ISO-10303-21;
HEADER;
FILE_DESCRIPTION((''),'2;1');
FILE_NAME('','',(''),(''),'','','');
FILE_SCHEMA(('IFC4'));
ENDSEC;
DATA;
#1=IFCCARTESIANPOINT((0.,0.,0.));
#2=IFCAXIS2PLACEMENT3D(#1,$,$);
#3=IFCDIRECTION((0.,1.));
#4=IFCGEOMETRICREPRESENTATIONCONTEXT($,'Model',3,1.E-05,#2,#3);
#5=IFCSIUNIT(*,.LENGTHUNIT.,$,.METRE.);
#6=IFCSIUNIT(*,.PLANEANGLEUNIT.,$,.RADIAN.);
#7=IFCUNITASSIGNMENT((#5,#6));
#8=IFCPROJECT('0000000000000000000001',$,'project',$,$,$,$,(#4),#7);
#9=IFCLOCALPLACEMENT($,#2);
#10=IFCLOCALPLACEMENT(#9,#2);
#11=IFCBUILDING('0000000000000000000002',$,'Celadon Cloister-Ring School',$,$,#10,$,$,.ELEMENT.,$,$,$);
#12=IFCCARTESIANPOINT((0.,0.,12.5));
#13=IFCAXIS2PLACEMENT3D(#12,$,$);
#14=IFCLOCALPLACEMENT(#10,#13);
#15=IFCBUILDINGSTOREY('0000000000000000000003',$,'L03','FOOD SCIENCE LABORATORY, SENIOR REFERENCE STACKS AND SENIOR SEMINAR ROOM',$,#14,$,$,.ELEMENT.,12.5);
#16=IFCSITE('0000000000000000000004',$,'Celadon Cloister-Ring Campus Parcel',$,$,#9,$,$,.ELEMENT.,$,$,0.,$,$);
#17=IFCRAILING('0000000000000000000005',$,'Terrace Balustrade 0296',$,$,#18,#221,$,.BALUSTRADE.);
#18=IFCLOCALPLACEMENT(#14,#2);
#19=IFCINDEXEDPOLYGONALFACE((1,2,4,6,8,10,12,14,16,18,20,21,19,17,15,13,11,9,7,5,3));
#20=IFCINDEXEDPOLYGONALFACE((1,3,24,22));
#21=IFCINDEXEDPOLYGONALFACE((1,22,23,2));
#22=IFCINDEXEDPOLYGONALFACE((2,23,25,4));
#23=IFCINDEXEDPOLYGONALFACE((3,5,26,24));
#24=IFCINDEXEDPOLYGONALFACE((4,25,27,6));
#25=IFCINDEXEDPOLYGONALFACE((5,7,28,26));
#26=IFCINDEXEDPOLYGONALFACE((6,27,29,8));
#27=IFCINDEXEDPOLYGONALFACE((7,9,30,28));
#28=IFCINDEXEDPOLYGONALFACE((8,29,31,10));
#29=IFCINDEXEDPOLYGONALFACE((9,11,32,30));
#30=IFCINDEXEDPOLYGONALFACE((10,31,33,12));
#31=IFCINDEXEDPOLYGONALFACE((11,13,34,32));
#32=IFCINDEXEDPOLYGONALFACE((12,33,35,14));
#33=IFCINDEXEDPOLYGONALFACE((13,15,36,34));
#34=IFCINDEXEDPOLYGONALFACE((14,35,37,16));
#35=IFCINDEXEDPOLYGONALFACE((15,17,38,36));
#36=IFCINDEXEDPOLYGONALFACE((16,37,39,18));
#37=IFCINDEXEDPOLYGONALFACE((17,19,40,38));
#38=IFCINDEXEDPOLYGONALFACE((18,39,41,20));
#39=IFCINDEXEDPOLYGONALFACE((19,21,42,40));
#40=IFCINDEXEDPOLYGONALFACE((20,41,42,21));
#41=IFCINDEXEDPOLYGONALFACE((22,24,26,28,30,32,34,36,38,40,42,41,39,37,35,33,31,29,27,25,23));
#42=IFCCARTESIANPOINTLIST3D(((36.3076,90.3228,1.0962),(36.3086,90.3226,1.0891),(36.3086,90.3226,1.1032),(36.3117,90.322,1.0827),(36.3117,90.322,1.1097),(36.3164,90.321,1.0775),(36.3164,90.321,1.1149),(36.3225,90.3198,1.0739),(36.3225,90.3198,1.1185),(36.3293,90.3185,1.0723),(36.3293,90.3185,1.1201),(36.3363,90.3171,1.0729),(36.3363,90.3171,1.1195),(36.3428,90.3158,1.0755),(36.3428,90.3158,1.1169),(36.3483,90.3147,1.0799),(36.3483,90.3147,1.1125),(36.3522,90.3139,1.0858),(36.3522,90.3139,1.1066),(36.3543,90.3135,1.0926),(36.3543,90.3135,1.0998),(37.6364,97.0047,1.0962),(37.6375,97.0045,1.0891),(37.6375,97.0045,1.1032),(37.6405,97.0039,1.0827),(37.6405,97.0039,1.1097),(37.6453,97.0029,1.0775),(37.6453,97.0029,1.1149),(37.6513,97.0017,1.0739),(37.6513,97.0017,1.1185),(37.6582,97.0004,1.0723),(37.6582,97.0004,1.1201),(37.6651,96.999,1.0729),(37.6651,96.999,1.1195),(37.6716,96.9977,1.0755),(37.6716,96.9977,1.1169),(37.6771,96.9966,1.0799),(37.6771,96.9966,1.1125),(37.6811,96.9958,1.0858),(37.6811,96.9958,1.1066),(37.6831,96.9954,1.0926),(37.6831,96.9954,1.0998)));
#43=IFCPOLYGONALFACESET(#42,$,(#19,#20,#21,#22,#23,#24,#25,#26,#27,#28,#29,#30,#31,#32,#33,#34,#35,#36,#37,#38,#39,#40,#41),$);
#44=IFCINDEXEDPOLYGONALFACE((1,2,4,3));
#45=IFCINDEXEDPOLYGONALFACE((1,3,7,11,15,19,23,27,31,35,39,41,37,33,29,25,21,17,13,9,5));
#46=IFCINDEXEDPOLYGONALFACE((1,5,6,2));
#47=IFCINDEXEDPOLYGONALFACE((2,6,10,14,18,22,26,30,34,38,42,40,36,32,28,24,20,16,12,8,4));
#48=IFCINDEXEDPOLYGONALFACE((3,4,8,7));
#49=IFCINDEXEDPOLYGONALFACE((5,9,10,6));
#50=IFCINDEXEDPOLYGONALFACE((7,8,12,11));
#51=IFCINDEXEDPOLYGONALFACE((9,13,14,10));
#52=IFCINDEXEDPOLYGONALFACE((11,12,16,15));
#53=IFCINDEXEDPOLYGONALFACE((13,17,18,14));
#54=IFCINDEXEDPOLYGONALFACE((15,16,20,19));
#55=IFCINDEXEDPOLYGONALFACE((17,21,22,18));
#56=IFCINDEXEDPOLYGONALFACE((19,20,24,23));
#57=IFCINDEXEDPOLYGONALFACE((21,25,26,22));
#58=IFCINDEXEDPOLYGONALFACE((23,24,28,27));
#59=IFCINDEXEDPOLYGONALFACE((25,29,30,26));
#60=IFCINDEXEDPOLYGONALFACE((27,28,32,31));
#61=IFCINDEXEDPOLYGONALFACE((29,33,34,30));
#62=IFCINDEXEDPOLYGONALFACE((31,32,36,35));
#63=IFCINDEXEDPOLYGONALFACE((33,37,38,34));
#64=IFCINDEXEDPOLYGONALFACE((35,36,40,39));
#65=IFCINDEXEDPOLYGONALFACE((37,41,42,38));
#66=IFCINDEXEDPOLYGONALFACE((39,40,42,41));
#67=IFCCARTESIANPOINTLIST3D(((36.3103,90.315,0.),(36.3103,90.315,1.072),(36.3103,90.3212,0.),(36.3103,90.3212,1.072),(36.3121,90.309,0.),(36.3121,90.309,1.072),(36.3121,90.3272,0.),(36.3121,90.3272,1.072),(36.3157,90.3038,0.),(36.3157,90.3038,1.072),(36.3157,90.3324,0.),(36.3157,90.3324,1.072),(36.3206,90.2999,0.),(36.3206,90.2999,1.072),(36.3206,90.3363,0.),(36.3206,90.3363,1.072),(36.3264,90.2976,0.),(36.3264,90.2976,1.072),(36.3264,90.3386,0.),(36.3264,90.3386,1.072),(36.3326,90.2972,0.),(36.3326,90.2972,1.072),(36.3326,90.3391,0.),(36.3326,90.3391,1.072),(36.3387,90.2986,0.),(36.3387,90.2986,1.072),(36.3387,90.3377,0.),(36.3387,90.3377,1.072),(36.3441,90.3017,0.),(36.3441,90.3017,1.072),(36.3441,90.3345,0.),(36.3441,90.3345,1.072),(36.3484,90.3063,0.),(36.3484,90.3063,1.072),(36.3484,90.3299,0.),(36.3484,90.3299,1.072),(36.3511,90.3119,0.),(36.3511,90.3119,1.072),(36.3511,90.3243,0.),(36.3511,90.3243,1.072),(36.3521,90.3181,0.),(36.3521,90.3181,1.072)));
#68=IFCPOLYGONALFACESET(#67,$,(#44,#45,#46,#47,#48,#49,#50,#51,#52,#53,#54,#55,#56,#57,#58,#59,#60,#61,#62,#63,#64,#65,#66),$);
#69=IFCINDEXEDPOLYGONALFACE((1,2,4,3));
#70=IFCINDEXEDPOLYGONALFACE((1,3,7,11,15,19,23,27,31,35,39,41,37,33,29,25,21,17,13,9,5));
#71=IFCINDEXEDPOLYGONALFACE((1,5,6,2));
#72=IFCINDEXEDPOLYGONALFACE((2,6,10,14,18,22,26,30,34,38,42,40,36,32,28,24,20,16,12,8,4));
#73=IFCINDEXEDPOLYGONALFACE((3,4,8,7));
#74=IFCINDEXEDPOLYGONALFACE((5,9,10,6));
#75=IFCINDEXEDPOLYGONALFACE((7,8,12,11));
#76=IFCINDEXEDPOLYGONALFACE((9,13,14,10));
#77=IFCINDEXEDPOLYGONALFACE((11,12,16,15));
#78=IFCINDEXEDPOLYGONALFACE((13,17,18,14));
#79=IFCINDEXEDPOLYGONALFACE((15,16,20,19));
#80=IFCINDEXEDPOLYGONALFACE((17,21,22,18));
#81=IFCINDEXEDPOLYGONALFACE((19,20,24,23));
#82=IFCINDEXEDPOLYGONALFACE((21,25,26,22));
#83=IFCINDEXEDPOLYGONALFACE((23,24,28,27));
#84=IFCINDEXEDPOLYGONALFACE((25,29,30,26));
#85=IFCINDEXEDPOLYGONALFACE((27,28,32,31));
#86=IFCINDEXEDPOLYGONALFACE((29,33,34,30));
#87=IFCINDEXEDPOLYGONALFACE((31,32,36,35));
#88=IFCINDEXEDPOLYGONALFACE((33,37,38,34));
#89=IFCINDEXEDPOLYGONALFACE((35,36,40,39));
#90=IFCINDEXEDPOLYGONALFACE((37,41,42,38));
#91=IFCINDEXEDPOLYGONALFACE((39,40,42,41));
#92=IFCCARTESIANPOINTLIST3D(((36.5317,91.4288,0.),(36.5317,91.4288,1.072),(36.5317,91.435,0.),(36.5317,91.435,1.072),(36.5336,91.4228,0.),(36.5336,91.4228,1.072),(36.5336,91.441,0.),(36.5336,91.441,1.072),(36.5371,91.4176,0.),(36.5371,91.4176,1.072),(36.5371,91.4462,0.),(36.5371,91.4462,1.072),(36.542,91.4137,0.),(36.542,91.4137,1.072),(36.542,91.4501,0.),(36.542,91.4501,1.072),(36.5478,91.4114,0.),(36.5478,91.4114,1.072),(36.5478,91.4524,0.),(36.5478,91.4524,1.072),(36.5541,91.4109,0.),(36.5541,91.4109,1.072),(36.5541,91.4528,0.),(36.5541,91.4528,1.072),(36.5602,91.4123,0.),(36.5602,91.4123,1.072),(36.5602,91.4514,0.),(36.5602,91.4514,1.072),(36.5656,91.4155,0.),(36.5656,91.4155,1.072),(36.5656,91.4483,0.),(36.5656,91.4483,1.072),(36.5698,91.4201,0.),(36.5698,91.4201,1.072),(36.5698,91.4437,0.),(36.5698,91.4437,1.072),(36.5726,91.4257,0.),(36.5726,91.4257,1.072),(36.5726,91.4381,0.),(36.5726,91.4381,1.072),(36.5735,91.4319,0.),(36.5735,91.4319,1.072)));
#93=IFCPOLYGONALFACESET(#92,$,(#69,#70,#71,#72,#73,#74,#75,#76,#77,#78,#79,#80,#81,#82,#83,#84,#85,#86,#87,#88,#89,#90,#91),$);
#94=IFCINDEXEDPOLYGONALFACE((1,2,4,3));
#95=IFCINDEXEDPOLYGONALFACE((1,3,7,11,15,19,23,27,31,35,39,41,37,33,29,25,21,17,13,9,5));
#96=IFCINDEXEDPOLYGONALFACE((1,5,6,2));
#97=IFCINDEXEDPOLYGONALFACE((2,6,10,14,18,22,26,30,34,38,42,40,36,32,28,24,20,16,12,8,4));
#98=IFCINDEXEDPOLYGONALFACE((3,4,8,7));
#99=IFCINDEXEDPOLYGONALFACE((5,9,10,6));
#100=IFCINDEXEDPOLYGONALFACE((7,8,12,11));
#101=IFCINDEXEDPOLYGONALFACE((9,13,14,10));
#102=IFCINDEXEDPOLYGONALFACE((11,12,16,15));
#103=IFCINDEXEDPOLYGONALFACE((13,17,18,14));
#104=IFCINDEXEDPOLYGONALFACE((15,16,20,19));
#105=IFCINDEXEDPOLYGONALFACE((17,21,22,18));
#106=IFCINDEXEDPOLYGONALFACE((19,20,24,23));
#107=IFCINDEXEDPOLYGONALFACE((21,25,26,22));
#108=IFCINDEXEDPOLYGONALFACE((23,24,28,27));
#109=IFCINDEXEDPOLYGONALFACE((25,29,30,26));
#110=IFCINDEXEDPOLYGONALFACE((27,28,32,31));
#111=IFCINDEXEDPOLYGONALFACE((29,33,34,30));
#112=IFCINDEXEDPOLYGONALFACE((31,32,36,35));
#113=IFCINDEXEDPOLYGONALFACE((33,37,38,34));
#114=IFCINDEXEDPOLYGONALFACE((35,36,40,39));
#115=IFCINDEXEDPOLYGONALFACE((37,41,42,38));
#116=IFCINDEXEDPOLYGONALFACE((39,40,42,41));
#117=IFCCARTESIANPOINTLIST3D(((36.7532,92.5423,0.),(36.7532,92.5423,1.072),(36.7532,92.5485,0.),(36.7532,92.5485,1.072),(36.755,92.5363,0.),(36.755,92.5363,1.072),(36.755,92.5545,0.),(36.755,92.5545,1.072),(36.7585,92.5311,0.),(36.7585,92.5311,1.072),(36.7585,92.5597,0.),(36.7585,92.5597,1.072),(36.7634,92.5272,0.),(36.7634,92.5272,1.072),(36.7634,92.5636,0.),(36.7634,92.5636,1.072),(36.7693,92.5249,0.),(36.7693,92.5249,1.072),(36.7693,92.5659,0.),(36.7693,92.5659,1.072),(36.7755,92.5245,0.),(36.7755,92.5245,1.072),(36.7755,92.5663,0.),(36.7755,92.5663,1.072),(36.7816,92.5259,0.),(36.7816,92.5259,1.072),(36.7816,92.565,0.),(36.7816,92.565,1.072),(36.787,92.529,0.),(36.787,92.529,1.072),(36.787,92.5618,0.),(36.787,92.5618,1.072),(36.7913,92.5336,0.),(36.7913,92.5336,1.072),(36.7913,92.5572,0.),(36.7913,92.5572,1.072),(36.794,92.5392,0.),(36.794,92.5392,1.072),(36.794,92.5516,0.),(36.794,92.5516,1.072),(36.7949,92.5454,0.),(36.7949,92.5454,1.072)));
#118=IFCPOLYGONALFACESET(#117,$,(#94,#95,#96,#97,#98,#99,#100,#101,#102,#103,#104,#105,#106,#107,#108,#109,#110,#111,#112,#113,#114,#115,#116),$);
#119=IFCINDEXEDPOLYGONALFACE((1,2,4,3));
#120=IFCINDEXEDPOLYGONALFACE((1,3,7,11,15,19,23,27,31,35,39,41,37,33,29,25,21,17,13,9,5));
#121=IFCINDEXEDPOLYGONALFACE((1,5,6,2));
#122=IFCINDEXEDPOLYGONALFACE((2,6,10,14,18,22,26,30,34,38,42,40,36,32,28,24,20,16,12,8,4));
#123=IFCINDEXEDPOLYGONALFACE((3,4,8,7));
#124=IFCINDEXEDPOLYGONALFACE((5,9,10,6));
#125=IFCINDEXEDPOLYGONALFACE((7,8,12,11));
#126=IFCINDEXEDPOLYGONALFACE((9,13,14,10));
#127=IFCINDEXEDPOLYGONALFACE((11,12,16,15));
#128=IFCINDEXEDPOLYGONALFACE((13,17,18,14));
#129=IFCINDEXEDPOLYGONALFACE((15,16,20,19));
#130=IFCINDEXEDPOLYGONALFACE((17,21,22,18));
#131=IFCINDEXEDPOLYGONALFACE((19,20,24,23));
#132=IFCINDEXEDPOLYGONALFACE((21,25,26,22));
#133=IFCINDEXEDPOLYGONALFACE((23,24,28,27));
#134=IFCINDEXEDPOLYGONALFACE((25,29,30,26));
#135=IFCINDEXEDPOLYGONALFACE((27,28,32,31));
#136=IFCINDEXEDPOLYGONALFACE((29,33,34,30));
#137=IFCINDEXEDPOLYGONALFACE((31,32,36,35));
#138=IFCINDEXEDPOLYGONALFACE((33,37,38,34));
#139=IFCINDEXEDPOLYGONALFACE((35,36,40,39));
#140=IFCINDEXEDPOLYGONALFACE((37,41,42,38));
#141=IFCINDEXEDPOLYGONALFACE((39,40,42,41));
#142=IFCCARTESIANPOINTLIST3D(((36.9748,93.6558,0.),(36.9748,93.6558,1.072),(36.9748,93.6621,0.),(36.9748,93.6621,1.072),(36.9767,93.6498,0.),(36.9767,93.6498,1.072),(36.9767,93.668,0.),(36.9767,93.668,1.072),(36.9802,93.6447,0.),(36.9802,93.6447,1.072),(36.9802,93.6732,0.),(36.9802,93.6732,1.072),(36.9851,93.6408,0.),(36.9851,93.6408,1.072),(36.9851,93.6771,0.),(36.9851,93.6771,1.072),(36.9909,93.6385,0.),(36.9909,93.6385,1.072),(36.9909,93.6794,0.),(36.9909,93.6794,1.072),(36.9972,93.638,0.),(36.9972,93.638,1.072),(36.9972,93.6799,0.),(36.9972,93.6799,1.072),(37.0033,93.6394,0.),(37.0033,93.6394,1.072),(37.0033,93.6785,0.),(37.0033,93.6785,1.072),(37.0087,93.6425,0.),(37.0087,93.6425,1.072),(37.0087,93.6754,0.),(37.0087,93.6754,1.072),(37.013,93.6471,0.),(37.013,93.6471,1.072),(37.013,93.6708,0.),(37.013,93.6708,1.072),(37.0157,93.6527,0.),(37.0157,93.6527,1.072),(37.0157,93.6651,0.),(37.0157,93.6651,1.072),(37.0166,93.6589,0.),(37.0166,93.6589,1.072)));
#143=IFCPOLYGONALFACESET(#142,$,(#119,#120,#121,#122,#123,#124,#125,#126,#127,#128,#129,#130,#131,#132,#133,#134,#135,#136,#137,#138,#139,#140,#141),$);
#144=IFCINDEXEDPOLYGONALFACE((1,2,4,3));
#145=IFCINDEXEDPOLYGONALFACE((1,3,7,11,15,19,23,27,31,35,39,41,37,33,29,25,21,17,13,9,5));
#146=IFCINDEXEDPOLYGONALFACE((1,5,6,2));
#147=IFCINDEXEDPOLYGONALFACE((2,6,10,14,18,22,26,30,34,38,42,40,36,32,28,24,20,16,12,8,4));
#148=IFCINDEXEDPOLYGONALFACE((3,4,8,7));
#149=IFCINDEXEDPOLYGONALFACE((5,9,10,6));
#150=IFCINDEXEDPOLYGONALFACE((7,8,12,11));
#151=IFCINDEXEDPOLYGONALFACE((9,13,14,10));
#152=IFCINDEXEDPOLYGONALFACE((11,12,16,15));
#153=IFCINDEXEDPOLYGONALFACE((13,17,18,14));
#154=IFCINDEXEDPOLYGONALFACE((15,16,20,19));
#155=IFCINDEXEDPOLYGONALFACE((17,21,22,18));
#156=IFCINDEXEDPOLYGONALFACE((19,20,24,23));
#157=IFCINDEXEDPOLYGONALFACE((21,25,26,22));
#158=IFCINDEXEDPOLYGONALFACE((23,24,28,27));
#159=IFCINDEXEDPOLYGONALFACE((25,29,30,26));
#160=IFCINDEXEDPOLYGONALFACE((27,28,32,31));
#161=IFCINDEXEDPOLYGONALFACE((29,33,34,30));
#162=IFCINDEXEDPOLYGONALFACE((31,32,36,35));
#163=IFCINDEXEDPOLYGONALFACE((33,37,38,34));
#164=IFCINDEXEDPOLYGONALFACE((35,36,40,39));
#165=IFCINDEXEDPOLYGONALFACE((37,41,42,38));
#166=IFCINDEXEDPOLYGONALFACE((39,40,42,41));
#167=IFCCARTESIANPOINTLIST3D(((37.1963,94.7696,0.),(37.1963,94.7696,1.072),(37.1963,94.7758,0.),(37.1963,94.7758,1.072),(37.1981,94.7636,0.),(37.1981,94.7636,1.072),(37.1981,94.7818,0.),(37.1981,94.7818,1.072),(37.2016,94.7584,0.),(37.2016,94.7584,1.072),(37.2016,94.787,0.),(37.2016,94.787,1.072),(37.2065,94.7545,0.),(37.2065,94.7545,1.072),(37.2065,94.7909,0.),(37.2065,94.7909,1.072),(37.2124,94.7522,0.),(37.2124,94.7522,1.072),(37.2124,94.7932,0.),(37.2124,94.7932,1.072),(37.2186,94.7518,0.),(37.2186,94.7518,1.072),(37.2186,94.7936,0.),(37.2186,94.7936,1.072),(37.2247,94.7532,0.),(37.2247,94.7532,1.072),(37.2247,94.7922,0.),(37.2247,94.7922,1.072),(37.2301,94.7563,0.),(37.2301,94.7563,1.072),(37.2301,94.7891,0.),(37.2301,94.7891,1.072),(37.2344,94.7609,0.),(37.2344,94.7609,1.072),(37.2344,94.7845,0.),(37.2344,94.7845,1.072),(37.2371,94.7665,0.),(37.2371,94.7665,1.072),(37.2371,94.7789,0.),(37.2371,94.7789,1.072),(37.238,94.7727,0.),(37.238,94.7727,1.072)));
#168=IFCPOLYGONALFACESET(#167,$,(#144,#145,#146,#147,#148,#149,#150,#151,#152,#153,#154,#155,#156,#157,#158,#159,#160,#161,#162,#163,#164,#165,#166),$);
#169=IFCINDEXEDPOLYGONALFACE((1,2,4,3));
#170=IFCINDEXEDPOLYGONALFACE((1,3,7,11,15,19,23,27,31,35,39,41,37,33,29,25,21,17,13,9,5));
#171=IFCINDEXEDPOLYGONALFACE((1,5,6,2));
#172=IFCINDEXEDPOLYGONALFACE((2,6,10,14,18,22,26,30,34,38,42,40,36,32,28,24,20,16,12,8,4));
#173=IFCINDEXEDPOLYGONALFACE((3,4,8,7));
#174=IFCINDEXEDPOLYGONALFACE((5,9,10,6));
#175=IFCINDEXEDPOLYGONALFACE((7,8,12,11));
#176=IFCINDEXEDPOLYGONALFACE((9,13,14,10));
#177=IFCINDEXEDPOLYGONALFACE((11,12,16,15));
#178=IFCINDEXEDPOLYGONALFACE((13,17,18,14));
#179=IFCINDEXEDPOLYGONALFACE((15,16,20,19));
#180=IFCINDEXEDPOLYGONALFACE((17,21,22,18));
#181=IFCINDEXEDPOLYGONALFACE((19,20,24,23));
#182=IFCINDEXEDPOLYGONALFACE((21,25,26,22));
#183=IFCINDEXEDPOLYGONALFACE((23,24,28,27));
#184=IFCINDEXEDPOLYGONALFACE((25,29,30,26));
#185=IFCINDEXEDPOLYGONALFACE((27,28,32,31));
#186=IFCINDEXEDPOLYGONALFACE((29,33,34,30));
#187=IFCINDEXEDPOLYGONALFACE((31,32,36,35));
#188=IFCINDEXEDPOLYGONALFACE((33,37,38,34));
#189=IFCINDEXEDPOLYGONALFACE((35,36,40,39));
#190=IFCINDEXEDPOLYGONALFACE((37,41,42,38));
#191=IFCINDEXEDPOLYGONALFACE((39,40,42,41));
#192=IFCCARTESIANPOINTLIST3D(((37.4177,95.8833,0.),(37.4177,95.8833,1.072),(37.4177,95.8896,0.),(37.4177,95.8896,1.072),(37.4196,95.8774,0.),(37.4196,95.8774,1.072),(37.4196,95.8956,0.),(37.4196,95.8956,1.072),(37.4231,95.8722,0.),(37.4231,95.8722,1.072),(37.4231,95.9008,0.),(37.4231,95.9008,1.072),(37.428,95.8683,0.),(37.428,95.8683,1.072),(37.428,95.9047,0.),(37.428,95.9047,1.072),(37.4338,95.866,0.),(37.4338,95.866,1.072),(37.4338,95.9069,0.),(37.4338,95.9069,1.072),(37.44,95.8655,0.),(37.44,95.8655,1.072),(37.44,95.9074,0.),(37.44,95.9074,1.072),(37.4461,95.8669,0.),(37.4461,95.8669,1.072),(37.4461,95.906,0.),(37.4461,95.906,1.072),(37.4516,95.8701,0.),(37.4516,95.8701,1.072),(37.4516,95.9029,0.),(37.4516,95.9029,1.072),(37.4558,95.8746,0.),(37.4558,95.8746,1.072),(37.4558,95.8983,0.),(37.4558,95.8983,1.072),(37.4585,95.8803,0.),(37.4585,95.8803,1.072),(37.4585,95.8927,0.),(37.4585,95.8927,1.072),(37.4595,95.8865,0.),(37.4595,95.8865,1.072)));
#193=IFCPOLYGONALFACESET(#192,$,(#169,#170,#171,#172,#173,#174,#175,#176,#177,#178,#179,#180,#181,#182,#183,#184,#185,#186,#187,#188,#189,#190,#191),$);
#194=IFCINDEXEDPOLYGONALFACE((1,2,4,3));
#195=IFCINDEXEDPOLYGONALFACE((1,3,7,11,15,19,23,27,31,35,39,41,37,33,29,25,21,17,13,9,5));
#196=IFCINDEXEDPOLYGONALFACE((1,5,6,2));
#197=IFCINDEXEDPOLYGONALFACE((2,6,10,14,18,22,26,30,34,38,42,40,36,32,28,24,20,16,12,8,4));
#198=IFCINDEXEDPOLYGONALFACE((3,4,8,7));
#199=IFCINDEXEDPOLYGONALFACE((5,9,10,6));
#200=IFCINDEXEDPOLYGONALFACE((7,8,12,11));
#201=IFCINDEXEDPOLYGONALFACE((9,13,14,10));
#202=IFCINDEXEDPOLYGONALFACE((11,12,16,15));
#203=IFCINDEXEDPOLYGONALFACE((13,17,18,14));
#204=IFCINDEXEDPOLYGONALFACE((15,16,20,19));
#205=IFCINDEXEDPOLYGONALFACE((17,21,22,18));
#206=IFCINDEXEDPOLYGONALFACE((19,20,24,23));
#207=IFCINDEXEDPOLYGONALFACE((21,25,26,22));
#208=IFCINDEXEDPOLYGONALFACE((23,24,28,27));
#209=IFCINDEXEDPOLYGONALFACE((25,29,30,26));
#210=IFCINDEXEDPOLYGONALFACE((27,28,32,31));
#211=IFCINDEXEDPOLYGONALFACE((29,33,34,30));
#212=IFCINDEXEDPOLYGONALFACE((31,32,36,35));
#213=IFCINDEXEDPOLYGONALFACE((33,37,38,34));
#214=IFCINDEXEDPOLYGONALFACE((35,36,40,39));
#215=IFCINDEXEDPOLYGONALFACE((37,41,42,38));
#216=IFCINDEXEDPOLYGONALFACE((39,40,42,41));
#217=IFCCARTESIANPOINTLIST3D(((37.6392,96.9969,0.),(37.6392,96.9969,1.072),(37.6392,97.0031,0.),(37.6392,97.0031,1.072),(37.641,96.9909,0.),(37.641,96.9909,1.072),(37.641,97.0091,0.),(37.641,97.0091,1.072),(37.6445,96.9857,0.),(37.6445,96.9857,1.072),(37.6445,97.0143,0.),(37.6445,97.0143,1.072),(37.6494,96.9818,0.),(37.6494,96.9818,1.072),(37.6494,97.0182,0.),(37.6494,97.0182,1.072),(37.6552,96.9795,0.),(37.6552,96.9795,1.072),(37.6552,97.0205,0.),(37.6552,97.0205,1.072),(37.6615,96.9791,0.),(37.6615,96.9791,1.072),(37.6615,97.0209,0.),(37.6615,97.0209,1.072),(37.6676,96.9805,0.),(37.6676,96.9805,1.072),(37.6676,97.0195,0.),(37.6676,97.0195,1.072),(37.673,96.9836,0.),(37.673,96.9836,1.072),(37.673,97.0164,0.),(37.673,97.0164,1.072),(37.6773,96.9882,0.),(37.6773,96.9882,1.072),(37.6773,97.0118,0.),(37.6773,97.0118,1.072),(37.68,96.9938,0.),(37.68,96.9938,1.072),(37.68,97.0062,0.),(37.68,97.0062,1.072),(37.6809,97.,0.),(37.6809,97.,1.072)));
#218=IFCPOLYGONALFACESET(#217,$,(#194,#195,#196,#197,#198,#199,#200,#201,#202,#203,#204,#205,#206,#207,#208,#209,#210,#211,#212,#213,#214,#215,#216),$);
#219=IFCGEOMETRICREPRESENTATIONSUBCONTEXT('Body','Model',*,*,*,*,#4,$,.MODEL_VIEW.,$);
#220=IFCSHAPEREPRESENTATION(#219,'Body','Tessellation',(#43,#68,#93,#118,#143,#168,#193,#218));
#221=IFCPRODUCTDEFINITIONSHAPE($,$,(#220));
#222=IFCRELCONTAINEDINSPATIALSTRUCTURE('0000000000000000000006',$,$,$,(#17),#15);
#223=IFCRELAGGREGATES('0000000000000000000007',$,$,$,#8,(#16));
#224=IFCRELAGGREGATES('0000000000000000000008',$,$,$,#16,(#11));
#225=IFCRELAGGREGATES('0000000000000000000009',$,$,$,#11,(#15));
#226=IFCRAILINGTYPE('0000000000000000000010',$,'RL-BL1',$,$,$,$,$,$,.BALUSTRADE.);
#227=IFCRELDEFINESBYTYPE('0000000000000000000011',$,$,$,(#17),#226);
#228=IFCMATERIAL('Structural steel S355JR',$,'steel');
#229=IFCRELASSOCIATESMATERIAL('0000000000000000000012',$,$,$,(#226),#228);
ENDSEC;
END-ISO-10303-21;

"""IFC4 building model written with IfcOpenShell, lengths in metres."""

from ifc_helpers import new_model, si_unit, direction, frame, origin, origin_2d, place, context, subcontext, project, spatial, circle, extrude, material, type_object, element, save


model = new_model("IFC4")

# Units and contexts
model_context = context("Model", 3, precision=1e-05, world=origin(), true_north=direction((0.0, 1.0)))
body_context = subcontext(model_context, "Body", "Model", "MODEL_VIEW")
ifc_project = project(units=[si_unit("LENGTHUNIT", "METRE"), si_unit("PLANEANGLEUNIT", "RADIAN")], contexts=[model_context])

# Site, building, storey
site_placement = place(None, origin())
site = spatial("IfcSite", under=ifc_project, at=site_placement, Name="Celadon Cloister-Ring Campus Parcel", CompositionType="ELEMENT", RefElevation=0.0)
building_placement = place(site_placement, origin())
building = spatial("IfcBuilding", under=site, at=building_placement, Name="Celadon Cloister-Ring School", CompositionType="ELEMENT")
storey_placement = place(building_placement, frame((0.0, 0.0, 12.5)))
storey = spatial("IfcBuildingStorey", under=building, at=storey_placement, Name="L03", Description="FOOD SCIENCE LABORATORY, SENIOR REFERENCE STACKS AND SENIOR SEMINAR ROOM", CompositionType="ELEMENT", Elevation=12.5)

# Railing
ifc_material_1 = material(Name="Structural steel S355JR", Category="steel")
railing_type = type_object("IfcRailingType", Name="RL-BL1", PredefinedType="BALUSTRADE", material=ifc_material_1)
railing_1_placement = place(storey_placement, frame((36.3311, 90.3181, 0.0)))
element("IfcRailing", 1, at=railing_1_placement, inside=storey, type_object=railing_type, Name="Terrace Balustrade 0296", PredefinedType="BALUSTRADE", context=body_context, shape_type="SweptSolid", body=[
    extrude(circle(Radius=0.0239, at=origin_2d()), frame((0.0, 0.0, 1.0962), z_axis=(0.195055, 0.980792, 0.0), x_axis=(-0.980792, 0.195055, 0.0)), (0.0, 0.0, 1.0), 6.8127),
    extrude(circle(Radius=0.021, at=origin_2d()), origin(), (0.0, 0.0, 1.0), 1.072),
    extrude(circle(Radius=0.021, at=origin_2d()), frame((0.2214, 1.1138, 0.0)), (0.0, 0.0, 1.0), 1.072),
    extrude(circle(Radius=0.021, at=origin_2d()), frame((0.4429, 2.2273, 0.0)), (0.0, 0.0, 1.0), 1.072),
    extrude(circle(Radius=0.021, at=origin_2d()), frame((0.6646, 3.3408, 0.0)), (0.0, 0.0, 1.0), 1.072),
    extrude(circle(Radius=0.021, at=origin_2d()), frame((0.886, 4.4546, 0.0)), (0.0, 0.0, 1.0), 1.072),
    extrude(circle(Radius=0.021, at=origin_2d()), frame((1.1074, 5.5684, 0.0)), (0.0, 0.0, 1.0), 1.072),
    extrude(circle(Radius=0.021, at=origin_2d()), frame((1.3289, 6.6819, 0.0)), (0.0, 0.0, 1.0), 1.072),
])

save(model, "model.ifc")
